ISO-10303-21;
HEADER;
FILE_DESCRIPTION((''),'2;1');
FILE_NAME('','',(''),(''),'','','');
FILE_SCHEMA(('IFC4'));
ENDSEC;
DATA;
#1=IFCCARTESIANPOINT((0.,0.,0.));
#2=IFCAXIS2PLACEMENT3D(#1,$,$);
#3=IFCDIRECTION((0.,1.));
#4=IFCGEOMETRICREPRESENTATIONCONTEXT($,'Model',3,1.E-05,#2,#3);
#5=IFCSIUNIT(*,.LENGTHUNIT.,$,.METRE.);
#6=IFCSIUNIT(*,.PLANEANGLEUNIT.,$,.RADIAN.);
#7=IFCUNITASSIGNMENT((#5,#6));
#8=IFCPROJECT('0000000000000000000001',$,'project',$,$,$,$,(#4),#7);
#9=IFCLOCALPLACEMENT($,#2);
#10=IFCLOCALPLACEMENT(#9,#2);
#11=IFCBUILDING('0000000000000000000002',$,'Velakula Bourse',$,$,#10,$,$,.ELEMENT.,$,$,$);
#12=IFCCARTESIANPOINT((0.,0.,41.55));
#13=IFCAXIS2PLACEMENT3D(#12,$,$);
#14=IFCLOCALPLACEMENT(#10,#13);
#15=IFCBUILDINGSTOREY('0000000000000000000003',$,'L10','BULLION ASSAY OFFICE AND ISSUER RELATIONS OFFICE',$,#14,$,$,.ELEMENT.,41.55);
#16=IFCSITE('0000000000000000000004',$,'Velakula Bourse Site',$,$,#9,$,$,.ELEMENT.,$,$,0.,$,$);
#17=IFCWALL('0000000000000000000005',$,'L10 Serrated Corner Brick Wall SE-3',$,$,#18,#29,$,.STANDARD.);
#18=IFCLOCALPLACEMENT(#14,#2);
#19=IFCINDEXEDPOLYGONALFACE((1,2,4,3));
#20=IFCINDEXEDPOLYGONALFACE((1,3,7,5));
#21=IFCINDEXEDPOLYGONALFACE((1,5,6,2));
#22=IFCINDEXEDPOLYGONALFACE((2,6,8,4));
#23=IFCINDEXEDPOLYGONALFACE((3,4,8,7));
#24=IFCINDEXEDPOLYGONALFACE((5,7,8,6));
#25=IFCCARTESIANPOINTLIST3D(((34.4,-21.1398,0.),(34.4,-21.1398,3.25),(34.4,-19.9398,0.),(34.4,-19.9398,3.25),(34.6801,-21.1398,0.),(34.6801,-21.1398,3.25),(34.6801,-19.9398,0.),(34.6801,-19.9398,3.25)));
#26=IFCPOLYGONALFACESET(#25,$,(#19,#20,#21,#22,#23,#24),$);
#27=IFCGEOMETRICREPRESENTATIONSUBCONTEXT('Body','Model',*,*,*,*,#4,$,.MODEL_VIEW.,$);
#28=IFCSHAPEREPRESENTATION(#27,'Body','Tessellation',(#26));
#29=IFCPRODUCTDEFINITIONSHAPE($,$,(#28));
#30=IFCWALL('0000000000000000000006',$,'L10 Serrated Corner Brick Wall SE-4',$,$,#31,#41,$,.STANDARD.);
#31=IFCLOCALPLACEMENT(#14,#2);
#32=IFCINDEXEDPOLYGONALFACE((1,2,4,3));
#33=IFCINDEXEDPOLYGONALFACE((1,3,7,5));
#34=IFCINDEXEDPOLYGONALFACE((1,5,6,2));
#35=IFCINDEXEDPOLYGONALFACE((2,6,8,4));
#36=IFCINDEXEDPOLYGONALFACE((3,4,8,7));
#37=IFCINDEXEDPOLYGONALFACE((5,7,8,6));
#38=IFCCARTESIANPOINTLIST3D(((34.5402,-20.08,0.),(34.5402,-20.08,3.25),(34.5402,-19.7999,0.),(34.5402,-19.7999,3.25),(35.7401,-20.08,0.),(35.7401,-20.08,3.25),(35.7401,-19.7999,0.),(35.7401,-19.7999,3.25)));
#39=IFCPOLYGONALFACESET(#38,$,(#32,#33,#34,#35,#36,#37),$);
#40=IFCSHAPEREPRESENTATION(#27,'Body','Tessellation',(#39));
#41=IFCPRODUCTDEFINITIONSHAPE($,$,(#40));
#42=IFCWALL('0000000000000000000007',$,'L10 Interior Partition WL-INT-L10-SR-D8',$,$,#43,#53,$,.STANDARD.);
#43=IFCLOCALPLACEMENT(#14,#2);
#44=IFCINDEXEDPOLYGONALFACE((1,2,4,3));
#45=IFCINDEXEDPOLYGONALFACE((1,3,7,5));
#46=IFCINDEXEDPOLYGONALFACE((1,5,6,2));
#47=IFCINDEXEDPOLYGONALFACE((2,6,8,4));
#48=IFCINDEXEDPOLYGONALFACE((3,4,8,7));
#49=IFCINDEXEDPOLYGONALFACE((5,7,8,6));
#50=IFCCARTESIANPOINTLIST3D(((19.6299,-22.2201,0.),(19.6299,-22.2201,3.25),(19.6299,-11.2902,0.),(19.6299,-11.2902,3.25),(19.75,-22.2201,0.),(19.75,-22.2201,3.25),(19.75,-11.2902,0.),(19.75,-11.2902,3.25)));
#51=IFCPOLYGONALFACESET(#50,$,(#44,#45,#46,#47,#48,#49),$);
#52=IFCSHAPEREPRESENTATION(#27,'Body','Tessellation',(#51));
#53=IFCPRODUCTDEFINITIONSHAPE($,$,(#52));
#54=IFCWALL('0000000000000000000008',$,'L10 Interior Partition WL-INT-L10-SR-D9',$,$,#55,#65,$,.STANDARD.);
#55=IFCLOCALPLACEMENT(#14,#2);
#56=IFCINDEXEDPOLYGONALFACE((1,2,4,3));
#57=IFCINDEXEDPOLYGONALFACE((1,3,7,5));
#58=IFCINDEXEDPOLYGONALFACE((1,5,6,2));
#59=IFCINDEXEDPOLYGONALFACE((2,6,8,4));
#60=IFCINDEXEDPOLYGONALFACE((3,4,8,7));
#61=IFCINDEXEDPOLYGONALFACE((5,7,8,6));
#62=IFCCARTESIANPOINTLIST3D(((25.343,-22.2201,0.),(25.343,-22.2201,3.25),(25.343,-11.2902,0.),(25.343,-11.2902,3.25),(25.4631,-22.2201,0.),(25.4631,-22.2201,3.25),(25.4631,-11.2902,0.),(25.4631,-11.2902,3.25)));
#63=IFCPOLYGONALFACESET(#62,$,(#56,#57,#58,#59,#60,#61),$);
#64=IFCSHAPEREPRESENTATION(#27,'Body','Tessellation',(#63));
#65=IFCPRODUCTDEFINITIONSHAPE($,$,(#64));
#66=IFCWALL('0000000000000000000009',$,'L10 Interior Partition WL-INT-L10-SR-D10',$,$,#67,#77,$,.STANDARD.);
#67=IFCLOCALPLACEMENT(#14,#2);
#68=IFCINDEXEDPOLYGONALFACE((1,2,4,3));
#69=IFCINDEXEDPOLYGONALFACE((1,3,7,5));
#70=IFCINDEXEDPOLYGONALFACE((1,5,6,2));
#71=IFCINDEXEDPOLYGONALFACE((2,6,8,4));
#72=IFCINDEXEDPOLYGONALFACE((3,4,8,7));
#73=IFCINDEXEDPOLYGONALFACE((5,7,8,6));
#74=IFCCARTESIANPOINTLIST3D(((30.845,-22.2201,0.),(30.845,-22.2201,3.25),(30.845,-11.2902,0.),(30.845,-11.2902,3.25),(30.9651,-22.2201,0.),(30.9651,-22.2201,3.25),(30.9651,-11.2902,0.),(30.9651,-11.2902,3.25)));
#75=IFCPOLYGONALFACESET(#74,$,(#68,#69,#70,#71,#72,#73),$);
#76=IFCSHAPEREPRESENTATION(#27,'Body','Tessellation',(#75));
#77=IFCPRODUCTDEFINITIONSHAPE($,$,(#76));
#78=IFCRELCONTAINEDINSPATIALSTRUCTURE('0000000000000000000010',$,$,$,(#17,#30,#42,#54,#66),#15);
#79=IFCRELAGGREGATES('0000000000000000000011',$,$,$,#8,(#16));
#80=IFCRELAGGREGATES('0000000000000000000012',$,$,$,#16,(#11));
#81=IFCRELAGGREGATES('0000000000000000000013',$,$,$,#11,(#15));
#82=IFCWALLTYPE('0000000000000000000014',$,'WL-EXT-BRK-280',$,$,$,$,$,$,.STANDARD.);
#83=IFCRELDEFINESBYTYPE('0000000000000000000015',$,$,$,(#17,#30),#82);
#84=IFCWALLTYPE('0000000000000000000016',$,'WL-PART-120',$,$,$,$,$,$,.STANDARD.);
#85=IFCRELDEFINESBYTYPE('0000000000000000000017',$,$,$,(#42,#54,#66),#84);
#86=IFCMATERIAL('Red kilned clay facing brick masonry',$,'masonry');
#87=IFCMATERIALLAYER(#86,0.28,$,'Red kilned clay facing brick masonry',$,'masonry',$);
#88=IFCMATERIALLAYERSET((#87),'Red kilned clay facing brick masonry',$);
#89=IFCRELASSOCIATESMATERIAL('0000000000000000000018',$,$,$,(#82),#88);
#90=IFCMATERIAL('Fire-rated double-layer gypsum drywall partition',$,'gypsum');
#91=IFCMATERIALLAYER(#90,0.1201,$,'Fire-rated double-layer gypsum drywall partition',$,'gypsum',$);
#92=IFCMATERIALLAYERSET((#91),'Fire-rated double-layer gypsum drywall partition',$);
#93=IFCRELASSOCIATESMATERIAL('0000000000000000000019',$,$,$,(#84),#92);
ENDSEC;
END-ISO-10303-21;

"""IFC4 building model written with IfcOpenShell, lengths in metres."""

from ifc_helpers import new_model, si_unit, direction, frame, frame_2d, origin, place, context, subcontext, project, spatial, rectangle, extrude, material, layer, layer_set, type_object, element, save


model = new_model("IFC4")

# Units and contexts
model_context = context("Model", 3, precision=1e-05, world=origin(), true_north=direction((0.0, 1.0)))
body_context = subcontext(model_context, "Body", "Model", "MODEL_VIEW")
ifc_project = project(units=[si_unit("LENGTHUNIT", "METRE"), si_unit("PLANEANGLEUNIT", "RADIAN")], contexts=[model_context])

# Site, building, storey
site_placement = place(None, origin())
site = spatial("IfcSite", under=ifc_project, at=site_placement, Name="Velakula Bourse Site", CompositionType="ELEMENT", RefElevation=0.0)
building_placement = place(site_placement, origin())
building = spatial("IfcBuilding", under=site, at=building_placement, Name="Velakula Bourse", CompositionType="ELEMENT")
storey_placement = place(building_placement, frame((0.0, 0.0, 41.55)))
storey = spatial("IfcBuildingStorey", under=building, at=storey_placement, Name="L10", Description="BULLION ASSAY OFFICE AND ISSUER RELATIONS OFFICE", CompositionType="ELEMENT", Elevation=41.55)

# Shared definitions
ifc_material_1 = material(Name="Red kilned clay facing brick masonry", Category="masonry")
ifc_layer_1 = layer(ifc_material_1, 0.28, Name="Red kilned clay facing brick masonry", Category="masonry")
ifc_layer_set_1 = layer_set([ifc_layer_1], Name="Red kilned clay facing brick masonry")
wall_type_1 = type_object("IfcWallType", Name="WL-EXT-BRK-280", PredefinedType="STANDARD", material=ifc_layer_set_1)

# Walls
for number, where, z_axis, x_axis, name in (
    (1, (34.54, -21.1399, 0.0), (0.0, 0.0, 1.0), (0.0, 1.0, 0.0), "L10 Serrated Corner Brick Wall SE-3"),
    (2, (34.54, -19.9399, 0.0), (0.0, 0.0, 1.0), (1.0, 0.0, 0.0), "L10 Serrated Corner Brick Wall SE-4"),
):
    element("IfcWall", number, at=place(storey_placement, frame(where, z_axis=z_axis, x_axis=x_axis)), inside=storey, type_object=wall_type_1, Name=name, PredefinedType="STANDARD", context=body_context, shape_type="SweptSolid", body=[
        extrude(rectangle(XDim=1.2, YDim=0.28, at=frame_2d((0.6001, 0.0))), origin(), (0.0, 0.0, 1.0), 3.25),
    ])
ifc_material_2 = material(Name="Fire-rated double-layer gypsum drywall partition", Category="gypsum")
ifc_layer_2 = layer(ifc_material_2, 0.1201, Name="Fire-rated double-layer gypsum drywall partition", Category="gypsum")
ifc_layer_set_2 = layer_set([ifc_layer_2], Name="Fire-rated double-layer gypsum drywall partition")
wall_type_2 = type_object("IfcWallType", Name="WL-PART-120", PredefinedType="STANDARD", material=ifc_layer_set_2)
for number, where, z_axis, x_axis, name in (
    (3, (19.6899, -22.22, 0.0), (0.0, 0.0, 1.0), (0.0, 1.0, 0.0), "L10 Interior Partition WL-INT-L10-SR-D8"),
    (4, (25.4031, -22.22, 0.0), (0.0, 0.0, 1.0), (0.0, 1.0, 0.0), "L10 Interior Partition WL-INT-L10-SR-D9"),
    (5, (30.905, -22.22, 0.0), (0.0, 0.0, 1.0), (0.0, 1.0, 0.0), "L10 Interior Partition WL-INT-L10-SR-D10"),
):
    element("IfcWall", number, at=place(storey_placement, frame(where, z_axis=z_axis, x_axis=x_axis)), inside=storey, type_object=wall_type_2, Name=name, PredefinedType="STANDARD", context=body_context, shape_type="SweptSolid", body=[
        extrude(rectangle(XDim=10.9299, YDim=0.1201, at=frame_2d((5.4648, 0.0))), origin(), (0.0, 0.0, 1.0), 3.25),
    ])

save(model, "model.ifc")
